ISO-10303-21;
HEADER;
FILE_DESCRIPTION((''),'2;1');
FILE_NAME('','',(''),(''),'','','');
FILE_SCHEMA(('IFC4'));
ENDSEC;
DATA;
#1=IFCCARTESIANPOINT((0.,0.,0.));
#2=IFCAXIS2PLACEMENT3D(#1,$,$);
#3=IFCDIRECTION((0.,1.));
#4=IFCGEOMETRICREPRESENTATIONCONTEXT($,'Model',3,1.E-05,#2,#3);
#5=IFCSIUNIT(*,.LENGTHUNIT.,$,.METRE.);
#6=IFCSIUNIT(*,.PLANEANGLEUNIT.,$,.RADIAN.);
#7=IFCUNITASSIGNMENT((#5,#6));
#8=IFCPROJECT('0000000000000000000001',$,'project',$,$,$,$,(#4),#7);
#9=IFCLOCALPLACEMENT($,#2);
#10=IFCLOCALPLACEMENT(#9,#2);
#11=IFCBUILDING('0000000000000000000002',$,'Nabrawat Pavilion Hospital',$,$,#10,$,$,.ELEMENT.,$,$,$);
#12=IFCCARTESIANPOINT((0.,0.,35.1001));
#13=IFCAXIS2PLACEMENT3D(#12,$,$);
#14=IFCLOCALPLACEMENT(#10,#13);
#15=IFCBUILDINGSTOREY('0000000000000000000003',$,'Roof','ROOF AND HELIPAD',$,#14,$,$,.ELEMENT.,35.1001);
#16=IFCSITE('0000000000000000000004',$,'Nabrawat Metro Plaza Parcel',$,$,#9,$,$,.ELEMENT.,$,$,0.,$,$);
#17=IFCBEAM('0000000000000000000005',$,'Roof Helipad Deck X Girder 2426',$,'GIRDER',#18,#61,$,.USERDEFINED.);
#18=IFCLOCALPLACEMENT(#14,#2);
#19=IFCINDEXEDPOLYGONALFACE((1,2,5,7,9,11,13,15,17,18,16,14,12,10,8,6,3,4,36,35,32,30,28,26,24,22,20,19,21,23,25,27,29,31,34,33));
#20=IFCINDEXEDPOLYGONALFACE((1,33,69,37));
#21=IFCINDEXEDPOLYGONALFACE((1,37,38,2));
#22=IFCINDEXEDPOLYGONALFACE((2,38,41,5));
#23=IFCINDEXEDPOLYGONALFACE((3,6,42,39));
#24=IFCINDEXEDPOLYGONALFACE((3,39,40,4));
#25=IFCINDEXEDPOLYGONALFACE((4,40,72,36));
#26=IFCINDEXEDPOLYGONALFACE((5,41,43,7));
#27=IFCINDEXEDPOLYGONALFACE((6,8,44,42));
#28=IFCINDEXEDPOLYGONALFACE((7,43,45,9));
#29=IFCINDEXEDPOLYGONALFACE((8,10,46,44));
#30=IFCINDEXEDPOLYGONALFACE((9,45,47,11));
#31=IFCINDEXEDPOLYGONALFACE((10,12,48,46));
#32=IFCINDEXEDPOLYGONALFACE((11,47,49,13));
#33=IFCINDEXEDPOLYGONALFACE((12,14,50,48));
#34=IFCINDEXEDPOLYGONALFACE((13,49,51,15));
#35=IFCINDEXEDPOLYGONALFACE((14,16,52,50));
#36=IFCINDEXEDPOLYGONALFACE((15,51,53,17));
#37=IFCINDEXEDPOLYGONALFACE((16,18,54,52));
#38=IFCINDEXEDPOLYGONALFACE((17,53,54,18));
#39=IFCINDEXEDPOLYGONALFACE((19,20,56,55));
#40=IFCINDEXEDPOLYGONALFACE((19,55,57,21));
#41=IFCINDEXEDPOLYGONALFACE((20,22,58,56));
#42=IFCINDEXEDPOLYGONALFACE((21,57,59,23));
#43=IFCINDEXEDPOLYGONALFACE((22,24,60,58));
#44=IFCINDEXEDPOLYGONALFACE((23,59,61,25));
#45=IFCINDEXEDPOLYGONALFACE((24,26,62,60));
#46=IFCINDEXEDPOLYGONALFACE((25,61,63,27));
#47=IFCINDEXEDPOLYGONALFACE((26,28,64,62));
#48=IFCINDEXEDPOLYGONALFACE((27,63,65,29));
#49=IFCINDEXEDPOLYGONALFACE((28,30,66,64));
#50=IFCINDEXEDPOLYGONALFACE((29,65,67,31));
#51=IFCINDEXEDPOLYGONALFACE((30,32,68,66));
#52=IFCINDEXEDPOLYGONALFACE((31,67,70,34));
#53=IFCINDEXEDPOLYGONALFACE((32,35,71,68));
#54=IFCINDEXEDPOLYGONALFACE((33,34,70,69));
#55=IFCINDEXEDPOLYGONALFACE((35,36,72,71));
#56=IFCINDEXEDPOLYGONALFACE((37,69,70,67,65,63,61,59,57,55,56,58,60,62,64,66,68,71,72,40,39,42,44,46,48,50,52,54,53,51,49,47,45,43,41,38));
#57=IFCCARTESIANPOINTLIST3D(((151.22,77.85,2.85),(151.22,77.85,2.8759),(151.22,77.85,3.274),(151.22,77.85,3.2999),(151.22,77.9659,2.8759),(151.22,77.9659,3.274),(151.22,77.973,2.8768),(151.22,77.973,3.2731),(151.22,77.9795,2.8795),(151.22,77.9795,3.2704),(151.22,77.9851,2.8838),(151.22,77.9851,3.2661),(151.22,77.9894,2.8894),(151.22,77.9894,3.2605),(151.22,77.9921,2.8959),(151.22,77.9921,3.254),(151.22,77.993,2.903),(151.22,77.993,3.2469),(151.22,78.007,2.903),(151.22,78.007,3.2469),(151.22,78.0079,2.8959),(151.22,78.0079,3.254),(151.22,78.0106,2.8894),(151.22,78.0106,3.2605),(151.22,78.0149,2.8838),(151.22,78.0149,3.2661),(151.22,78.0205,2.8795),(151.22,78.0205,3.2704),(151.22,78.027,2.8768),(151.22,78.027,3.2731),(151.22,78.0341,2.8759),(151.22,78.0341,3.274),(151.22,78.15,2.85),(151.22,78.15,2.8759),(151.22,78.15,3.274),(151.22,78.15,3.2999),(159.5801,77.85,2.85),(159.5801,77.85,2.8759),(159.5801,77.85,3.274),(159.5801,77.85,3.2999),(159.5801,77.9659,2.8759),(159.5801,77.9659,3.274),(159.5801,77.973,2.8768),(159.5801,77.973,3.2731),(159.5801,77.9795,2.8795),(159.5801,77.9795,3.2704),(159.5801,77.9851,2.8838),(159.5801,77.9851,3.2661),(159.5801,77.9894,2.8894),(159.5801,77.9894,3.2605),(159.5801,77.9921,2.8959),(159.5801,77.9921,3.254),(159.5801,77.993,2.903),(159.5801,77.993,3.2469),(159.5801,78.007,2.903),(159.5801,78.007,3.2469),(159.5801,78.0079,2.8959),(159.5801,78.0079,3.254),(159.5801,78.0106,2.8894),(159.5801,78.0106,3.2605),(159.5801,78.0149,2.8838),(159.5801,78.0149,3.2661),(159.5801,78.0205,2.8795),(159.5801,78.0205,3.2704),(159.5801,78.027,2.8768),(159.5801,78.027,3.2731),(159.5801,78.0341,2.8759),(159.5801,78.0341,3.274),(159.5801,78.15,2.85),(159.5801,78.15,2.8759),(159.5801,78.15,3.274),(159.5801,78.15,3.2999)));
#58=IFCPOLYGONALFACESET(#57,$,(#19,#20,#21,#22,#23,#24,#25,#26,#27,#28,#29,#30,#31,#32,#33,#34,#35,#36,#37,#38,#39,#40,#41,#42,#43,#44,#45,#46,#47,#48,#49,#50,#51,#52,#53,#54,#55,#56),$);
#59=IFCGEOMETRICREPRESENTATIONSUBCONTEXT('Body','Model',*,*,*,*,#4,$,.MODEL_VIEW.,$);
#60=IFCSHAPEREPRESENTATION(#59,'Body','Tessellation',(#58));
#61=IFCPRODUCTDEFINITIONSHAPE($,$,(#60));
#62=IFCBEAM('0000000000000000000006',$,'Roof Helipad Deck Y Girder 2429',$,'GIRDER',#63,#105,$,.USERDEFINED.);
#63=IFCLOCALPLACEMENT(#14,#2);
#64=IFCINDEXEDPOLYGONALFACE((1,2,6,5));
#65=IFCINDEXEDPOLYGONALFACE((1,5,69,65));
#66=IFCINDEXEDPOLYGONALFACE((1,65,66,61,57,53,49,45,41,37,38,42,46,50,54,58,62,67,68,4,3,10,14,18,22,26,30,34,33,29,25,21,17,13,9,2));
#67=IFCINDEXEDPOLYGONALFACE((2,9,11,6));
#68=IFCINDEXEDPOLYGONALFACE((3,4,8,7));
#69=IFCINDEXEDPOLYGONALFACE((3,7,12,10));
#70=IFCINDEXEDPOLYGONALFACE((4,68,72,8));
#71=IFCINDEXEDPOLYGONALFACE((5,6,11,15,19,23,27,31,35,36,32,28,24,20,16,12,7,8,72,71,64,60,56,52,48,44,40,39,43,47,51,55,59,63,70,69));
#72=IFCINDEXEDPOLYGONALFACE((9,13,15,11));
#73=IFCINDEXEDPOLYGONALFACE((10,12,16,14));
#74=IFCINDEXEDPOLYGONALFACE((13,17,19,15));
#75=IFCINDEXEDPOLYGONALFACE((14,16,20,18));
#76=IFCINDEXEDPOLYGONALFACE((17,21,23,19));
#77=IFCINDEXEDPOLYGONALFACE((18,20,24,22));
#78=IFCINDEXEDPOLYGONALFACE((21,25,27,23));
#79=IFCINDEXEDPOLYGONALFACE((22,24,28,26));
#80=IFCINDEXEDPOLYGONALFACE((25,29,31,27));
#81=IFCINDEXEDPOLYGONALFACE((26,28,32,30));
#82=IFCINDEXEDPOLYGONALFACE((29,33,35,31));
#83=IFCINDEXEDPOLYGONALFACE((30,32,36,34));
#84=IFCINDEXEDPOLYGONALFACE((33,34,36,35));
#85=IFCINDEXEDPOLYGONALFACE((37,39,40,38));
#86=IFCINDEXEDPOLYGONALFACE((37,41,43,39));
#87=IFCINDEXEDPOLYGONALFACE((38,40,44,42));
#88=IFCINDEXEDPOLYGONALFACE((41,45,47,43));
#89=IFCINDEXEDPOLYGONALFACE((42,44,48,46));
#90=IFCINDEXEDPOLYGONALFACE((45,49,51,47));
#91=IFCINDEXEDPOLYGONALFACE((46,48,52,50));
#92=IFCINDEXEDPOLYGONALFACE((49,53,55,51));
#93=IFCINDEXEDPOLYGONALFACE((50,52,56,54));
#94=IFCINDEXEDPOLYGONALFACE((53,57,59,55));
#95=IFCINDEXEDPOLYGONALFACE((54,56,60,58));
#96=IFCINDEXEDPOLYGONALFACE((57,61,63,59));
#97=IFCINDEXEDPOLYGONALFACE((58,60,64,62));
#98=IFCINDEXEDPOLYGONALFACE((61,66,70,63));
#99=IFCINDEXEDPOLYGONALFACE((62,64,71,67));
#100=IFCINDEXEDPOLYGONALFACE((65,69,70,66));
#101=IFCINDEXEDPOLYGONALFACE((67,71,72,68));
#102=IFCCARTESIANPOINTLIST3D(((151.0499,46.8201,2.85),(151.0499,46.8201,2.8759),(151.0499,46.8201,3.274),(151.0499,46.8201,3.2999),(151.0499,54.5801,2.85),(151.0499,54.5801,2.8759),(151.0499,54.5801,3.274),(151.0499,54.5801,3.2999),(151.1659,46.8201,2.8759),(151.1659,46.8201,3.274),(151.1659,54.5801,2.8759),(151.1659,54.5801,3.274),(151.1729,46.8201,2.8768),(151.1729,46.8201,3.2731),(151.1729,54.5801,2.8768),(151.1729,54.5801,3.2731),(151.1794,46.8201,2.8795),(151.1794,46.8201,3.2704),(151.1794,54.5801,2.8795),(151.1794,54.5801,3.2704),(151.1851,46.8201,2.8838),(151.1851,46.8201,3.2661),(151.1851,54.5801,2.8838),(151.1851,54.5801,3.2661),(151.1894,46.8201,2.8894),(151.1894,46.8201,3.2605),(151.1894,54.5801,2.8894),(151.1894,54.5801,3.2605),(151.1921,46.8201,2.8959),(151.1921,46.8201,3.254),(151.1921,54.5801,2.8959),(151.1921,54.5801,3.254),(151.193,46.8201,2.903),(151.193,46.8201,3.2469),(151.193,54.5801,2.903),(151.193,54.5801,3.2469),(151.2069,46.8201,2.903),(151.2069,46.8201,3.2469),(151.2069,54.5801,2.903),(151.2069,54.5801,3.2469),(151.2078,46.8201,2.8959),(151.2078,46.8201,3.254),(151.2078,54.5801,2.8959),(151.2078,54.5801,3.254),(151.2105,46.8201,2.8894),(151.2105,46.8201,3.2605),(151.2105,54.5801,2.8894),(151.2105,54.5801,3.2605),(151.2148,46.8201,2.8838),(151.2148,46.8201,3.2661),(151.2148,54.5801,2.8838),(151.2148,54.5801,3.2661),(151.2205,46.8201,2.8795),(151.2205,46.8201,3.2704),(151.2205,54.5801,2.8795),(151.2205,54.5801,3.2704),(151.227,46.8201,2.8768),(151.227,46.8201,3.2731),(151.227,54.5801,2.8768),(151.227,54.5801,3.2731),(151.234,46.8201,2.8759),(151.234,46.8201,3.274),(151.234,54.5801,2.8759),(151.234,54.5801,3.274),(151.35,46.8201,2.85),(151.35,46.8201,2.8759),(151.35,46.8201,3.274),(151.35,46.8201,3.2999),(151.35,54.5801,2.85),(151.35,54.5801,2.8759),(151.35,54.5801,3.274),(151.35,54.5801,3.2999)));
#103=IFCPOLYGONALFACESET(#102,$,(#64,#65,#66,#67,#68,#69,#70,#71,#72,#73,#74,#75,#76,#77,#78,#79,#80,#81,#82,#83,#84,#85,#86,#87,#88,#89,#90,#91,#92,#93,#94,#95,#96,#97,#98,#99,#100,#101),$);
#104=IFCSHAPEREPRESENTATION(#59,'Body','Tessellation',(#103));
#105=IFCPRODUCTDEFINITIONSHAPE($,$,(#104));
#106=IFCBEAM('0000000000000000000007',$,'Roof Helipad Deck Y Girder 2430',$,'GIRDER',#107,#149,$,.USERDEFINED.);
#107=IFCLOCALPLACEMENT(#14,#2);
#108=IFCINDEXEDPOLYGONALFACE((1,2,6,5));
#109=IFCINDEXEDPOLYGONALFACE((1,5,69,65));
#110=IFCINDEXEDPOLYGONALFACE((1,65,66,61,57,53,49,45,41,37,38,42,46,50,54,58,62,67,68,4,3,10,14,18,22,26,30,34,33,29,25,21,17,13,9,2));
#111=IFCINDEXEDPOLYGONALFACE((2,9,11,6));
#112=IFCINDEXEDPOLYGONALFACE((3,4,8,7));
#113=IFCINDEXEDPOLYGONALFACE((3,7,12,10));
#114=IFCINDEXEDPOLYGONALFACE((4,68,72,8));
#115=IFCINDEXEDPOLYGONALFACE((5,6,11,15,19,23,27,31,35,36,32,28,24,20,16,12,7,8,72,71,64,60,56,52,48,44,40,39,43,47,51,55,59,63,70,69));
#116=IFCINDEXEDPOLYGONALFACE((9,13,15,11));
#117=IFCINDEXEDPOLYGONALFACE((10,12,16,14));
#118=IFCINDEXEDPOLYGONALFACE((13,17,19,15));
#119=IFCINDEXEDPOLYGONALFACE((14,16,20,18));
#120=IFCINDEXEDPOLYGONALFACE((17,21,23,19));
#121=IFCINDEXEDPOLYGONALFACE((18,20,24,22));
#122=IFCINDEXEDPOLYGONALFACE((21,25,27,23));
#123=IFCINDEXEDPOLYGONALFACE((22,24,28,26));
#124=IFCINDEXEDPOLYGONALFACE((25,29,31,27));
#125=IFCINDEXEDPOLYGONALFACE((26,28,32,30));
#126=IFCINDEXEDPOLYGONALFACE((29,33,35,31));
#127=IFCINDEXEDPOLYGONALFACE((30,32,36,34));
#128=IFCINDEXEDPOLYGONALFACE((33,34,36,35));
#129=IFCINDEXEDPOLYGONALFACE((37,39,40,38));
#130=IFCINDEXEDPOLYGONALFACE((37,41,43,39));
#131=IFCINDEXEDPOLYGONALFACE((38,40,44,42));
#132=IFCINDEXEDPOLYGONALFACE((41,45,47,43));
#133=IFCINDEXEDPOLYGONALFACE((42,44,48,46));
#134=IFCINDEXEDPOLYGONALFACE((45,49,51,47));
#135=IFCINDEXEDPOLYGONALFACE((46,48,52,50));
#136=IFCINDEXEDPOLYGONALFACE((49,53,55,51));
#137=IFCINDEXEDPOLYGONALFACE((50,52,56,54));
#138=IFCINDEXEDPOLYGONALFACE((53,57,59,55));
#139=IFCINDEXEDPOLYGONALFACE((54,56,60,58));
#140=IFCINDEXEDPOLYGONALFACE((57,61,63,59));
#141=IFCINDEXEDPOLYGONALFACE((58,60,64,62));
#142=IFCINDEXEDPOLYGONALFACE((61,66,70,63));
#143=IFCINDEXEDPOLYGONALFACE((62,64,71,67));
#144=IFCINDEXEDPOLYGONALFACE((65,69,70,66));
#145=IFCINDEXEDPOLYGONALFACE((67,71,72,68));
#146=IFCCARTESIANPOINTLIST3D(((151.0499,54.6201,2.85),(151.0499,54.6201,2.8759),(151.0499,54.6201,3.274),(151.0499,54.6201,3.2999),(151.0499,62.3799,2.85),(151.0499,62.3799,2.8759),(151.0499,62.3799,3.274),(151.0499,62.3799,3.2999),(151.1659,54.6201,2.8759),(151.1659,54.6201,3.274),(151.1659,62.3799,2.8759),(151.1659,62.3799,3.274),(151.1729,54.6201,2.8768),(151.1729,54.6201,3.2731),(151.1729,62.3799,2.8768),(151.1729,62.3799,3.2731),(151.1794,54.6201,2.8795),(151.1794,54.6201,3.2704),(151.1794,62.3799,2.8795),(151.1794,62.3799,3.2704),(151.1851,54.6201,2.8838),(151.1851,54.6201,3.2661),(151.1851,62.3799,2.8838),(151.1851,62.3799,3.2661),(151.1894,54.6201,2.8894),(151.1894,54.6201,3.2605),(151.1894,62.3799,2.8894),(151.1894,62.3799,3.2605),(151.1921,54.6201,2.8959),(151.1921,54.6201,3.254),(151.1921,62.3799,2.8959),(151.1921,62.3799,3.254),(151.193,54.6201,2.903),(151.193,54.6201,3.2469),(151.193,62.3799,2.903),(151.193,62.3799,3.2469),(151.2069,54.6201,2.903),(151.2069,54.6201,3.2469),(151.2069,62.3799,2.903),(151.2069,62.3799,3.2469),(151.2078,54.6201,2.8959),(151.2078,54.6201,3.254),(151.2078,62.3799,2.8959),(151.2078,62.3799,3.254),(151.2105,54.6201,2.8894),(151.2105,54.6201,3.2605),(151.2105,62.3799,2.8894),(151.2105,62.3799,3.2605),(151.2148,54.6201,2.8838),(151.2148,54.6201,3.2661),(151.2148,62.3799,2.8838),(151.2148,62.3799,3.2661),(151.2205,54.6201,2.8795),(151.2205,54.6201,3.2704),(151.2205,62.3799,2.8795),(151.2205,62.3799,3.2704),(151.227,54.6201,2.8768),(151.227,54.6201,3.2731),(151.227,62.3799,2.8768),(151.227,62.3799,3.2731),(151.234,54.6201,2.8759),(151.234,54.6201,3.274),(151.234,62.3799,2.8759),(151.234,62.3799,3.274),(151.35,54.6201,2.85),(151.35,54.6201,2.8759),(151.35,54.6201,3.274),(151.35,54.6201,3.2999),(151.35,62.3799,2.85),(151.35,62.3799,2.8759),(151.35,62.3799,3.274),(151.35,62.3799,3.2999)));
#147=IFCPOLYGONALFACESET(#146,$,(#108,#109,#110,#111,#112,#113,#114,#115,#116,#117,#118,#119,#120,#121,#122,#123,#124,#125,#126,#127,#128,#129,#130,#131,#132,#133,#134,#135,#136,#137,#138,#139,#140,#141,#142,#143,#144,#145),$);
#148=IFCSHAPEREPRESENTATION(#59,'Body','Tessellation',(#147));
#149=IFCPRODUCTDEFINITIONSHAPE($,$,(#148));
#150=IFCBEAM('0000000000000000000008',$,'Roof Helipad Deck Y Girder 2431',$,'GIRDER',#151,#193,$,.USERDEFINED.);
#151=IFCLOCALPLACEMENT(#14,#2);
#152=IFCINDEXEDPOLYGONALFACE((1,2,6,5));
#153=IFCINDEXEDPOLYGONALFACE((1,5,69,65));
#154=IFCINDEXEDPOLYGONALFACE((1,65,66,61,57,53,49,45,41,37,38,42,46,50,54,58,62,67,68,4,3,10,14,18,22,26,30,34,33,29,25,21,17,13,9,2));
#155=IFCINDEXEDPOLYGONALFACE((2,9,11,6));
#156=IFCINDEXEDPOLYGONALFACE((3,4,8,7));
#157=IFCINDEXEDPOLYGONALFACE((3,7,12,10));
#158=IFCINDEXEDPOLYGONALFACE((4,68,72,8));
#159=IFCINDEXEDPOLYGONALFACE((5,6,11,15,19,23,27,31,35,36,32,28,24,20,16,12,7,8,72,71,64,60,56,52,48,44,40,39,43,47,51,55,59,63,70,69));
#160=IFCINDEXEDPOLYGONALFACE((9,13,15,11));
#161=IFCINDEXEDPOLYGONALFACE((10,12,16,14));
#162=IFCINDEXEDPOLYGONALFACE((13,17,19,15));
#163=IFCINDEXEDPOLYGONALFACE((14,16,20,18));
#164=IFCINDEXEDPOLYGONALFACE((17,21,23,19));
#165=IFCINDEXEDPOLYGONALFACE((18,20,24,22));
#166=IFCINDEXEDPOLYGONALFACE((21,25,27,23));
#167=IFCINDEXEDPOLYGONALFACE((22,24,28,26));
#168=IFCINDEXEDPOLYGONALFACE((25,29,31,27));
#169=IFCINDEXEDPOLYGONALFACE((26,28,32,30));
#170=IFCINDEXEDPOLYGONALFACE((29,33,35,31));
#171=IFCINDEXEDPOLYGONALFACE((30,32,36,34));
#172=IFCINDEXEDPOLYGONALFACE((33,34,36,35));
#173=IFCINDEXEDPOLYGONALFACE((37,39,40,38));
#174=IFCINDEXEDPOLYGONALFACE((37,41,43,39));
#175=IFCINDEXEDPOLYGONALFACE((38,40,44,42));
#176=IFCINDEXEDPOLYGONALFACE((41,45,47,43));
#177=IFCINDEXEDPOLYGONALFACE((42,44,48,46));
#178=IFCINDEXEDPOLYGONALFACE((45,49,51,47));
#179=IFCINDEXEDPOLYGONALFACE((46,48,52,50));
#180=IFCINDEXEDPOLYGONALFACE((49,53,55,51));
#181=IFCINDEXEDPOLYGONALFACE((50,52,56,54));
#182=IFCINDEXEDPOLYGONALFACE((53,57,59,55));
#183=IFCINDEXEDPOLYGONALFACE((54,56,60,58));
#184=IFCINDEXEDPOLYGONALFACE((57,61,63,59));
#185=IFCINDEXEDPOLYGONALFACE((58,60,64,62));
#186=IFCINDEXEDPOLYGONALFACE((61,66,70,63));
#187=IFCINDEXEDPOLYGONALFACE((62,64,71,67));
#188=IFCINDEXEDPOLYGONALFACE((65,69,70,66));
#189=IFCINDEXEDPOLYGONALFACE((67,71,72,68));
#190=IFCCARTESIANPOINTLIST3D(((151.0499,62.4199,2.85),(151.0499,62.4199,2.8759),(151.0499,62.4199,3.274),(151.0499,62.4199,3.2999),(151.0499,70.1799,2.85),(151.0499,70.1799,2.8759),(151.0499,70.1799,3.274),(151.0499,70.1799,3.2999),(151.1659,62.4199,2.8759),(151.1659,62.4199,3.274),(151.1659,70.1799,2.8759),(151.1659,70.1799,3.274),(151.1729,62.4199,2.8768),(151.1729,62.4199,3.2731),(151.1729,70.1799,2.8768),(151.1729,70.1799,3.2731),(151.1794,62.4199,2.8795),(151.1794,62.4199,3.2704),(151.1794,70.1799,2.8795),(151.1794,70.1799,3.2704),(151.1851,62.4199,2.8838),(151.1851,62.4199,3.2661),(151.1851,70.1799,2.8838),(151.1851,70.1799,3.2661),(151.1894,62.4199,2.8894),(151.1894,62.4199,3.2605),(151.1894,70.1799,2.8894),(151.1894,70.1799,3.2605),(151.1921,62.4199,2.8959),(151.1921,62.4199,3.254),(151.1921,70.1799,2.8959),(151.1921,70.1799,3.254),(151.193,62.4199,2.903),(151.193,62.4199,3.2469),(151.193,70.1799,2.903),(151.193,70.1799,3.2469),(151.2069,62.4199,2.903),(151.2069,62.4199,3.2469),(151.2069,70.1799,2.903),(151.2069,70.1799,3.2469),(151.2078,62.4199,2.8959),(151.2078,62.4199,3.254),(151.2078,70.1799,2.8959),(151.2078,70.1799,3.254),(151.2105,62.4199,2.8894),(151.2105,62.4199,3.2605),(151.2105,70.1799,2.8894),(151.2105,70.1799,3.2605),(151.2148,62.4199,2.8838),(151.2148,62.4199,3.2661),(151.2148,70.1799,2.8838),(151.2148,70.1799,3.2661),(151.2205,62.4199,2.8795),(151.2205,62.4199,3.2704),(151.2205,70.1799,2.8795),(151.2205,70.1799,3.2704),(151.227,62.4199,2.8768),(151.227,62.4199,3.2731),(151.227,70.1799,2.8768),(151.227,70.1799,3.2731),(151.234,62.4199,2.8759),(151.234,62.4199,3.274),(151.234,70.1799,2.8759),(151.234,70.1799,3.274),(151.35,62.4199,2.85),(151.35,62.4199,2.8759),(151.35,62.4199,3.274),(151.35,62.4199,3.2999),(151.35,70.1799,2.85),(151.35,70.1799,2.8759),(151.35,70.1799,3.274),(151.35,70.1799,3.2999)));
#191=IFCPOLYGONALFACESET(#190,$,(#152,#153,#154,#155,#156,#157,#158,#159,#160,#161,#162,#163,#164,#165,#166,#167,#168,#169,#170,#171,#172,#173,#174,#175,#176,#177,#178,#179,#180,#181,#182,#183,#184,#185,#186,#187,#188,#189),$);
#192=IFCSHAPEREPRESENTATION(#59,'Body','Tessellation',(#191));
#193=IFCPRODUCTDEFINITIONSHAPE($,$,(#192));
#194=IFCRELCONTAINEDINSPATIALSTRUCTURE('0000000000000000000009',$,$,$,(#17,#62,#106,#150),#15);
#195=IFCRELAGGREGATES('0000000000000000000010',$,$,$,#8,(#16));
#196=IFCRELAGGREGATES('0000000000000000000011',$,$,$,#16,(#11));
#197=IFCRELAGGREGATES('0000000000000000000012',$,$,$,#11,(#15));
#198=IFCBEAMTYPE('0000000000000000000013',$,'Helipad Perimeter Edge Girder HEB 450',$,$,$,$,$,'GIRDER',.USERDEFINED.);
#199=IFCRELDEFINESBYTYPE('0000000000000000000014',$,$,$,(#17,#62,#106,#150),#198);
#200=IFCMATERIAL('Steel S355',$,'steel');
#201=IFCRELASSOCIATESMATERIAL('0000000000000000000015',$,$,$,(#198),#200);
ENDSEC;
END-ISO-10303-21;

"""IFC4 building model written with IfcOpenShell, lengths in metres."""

from ifc_helpers import new_model, si_unit, direction, frame, origin, origin_2d, place, context, subcontext, project, spatial, i_section, extrude, material, material_profile, profile_set, type_object, element, save


model = new_model("IFC4")

# Units and contexts
model_context = context("Model", 3, precision=1e-05, world=origin(), true_north=direction((0.0, 1.0)))
body_context = subcontext(model_context, "Body", "Model", "MODEL_VIEW")
ifc_project = project(units=[si_unit("LENGTHUNIT", "METRE"), si_unit("PLANEANGLEUNIT", "RADIAN")], contexts=[model_context])

# Site, building, storey
site_placement = place(None, origin())
site = spatial("IfcSite", under=ifc_project, at=site_placement, Name="Nabrawat Metro Plaza Parcel", CompositionType="ELEMENT", RefElevation=0.0)
building_placement = place(site_placement, origin())
building = spatial("IfcBuilding", under=site, at=building_placement, Name="Nabrawat Pavilion Hospital", CompositionType="ELEMENT")
storey_placement = place(building_placement, frame((0.0, 0.0, 35.1001)))
storey = spatial("IfcBuildingStorey", under=building, at=storey_placement, Name="Roof", Description="ROOF AND HELIPAD", CompositionType="ELEMENT", Elevation=35.1001)

# Beams
ifc_material = material(Name="Steel S355", Category="steel")
ifc_material_profile_1 = material_profile(ifc_material, i_section(OverallWidth=0.3, OverallDepth=0.45, WebThickness=0.0139, FlangeThickness=0.0259, FilletRadius=0.0271, at=origin_2d()), Name="HEB 450")
ifc_profile_set_1 = profile_set([ifc_material_profile_1], Name="Steel S355")
beam_type_1 = type_object("IfcBeamType", Name="Helipad Perimeter Edge Girder HEB 450", ElementType="GIRDER", PredefinedType="USERDEFINED", material=ifc_profile_set_1)
for number, where, z_axis, x_axis, name in (
    (1, (151.22, 78.0, 3.075), (1.0, 0.0, 0.0), (0.0, 1.0, 0.0), "Roof Helipad Deck X Girder 2426"),
):
    element("IfcBeam", number, at=place(storey_placement, frame(where, z_axis=z_axis, x_axis=x_axis)), inside=storey, type_object=beam_type_1, Name=name, ObjectType="GIRDER", PredefinedType="USERDEFINED", context=body_context, shape_type="SweptSolid", body=[
        extrude(i_section(OverallWidth=0.3, OverallDepth=0.45, WebThickness=0.0139, FlangeThickness=0.0259, FilletRadius=0.0271, at=origin_2d()), origin(), (0.0, 0.0, 1.0), 8.3601),
    ])
beam_1_placement = place(storey_placement, frame((151.2, 46.8201, 3.075), z_axis=(0.0, 1.0, 0.0), x_axis=(-1.0, 0.0, 0.0)))
element("IfcBeam", 2, at=beam_1_placement, inside=storey, type_object=beam_type_1, Name="Roof Helipad Deck Y Girder 2429", ObjectType="GIRDER", PredefinedType="USERDEFINED", context=body_context, shape_type="SweptSolid", body=[
    extrude(i_section(OverallWidth=0.3, OverallDepth=0.45, WebThickness=0.0139, FlangeThickness=0.0259, FilletRadius=0.0271, at=origin_2d()), origin(), (0.0, 0.0, 1.0), 7.76),
])
beam_2_placement = place(storey_placement, frame((151.2, 54.6201, 3.075), z_axis=(0.0, 1.0, 0.0), x_axis=(-1.0, 0.0, 0.0)))
element("IfcBeam", 3, at=beam_2_placement, inside=storey, type_object=beam_type_1, Name="Roof Helipad Deck Y Girder 2430", ObjectType="GIRDER", PredefinedType="USERDEFINED", context=body_context, shape_type="SweptSolid", body=[
    extrude(i_section(OverallWidth=0.3, OverallDepth=0.45, WebThickness=0.0139, FlangeThickness=0.0259, FilletRadius=0.0271, at=origin_2d()), origin(), (0.0, 0.0, 1.0), 7.7598),
])
for number, where, z_axis, x_axis, name in (
    (4, (151.2, 62.4199, 3.075), (0.0, 1.0, 0.0), (-1.0, 0.0, 0.0), "Roof Helipad Deck Y Girder 2431"),
):
    element("IfcBeam", number, at=place(storey_placement, frame(where, z_axis=z_axis, x_axis=x_axis)), inside=storey, type_object=beam_type_1, Name=name, ObjectType="GIRDER", PredefinedType="USERDEFINED", context=body_context, shape_type="SweptSolid", body=[
        extrude(i_section(OverallWidth=0.3, OverallDepth=0.45, WebThickness=0.0139, FlangeThickness=0.0259, FilletRadius=0.0271, at=origin_2d()), origin(), (0.0, 0.0, 1.0), 7.76),
    ])

save(model, "model.ifc")
